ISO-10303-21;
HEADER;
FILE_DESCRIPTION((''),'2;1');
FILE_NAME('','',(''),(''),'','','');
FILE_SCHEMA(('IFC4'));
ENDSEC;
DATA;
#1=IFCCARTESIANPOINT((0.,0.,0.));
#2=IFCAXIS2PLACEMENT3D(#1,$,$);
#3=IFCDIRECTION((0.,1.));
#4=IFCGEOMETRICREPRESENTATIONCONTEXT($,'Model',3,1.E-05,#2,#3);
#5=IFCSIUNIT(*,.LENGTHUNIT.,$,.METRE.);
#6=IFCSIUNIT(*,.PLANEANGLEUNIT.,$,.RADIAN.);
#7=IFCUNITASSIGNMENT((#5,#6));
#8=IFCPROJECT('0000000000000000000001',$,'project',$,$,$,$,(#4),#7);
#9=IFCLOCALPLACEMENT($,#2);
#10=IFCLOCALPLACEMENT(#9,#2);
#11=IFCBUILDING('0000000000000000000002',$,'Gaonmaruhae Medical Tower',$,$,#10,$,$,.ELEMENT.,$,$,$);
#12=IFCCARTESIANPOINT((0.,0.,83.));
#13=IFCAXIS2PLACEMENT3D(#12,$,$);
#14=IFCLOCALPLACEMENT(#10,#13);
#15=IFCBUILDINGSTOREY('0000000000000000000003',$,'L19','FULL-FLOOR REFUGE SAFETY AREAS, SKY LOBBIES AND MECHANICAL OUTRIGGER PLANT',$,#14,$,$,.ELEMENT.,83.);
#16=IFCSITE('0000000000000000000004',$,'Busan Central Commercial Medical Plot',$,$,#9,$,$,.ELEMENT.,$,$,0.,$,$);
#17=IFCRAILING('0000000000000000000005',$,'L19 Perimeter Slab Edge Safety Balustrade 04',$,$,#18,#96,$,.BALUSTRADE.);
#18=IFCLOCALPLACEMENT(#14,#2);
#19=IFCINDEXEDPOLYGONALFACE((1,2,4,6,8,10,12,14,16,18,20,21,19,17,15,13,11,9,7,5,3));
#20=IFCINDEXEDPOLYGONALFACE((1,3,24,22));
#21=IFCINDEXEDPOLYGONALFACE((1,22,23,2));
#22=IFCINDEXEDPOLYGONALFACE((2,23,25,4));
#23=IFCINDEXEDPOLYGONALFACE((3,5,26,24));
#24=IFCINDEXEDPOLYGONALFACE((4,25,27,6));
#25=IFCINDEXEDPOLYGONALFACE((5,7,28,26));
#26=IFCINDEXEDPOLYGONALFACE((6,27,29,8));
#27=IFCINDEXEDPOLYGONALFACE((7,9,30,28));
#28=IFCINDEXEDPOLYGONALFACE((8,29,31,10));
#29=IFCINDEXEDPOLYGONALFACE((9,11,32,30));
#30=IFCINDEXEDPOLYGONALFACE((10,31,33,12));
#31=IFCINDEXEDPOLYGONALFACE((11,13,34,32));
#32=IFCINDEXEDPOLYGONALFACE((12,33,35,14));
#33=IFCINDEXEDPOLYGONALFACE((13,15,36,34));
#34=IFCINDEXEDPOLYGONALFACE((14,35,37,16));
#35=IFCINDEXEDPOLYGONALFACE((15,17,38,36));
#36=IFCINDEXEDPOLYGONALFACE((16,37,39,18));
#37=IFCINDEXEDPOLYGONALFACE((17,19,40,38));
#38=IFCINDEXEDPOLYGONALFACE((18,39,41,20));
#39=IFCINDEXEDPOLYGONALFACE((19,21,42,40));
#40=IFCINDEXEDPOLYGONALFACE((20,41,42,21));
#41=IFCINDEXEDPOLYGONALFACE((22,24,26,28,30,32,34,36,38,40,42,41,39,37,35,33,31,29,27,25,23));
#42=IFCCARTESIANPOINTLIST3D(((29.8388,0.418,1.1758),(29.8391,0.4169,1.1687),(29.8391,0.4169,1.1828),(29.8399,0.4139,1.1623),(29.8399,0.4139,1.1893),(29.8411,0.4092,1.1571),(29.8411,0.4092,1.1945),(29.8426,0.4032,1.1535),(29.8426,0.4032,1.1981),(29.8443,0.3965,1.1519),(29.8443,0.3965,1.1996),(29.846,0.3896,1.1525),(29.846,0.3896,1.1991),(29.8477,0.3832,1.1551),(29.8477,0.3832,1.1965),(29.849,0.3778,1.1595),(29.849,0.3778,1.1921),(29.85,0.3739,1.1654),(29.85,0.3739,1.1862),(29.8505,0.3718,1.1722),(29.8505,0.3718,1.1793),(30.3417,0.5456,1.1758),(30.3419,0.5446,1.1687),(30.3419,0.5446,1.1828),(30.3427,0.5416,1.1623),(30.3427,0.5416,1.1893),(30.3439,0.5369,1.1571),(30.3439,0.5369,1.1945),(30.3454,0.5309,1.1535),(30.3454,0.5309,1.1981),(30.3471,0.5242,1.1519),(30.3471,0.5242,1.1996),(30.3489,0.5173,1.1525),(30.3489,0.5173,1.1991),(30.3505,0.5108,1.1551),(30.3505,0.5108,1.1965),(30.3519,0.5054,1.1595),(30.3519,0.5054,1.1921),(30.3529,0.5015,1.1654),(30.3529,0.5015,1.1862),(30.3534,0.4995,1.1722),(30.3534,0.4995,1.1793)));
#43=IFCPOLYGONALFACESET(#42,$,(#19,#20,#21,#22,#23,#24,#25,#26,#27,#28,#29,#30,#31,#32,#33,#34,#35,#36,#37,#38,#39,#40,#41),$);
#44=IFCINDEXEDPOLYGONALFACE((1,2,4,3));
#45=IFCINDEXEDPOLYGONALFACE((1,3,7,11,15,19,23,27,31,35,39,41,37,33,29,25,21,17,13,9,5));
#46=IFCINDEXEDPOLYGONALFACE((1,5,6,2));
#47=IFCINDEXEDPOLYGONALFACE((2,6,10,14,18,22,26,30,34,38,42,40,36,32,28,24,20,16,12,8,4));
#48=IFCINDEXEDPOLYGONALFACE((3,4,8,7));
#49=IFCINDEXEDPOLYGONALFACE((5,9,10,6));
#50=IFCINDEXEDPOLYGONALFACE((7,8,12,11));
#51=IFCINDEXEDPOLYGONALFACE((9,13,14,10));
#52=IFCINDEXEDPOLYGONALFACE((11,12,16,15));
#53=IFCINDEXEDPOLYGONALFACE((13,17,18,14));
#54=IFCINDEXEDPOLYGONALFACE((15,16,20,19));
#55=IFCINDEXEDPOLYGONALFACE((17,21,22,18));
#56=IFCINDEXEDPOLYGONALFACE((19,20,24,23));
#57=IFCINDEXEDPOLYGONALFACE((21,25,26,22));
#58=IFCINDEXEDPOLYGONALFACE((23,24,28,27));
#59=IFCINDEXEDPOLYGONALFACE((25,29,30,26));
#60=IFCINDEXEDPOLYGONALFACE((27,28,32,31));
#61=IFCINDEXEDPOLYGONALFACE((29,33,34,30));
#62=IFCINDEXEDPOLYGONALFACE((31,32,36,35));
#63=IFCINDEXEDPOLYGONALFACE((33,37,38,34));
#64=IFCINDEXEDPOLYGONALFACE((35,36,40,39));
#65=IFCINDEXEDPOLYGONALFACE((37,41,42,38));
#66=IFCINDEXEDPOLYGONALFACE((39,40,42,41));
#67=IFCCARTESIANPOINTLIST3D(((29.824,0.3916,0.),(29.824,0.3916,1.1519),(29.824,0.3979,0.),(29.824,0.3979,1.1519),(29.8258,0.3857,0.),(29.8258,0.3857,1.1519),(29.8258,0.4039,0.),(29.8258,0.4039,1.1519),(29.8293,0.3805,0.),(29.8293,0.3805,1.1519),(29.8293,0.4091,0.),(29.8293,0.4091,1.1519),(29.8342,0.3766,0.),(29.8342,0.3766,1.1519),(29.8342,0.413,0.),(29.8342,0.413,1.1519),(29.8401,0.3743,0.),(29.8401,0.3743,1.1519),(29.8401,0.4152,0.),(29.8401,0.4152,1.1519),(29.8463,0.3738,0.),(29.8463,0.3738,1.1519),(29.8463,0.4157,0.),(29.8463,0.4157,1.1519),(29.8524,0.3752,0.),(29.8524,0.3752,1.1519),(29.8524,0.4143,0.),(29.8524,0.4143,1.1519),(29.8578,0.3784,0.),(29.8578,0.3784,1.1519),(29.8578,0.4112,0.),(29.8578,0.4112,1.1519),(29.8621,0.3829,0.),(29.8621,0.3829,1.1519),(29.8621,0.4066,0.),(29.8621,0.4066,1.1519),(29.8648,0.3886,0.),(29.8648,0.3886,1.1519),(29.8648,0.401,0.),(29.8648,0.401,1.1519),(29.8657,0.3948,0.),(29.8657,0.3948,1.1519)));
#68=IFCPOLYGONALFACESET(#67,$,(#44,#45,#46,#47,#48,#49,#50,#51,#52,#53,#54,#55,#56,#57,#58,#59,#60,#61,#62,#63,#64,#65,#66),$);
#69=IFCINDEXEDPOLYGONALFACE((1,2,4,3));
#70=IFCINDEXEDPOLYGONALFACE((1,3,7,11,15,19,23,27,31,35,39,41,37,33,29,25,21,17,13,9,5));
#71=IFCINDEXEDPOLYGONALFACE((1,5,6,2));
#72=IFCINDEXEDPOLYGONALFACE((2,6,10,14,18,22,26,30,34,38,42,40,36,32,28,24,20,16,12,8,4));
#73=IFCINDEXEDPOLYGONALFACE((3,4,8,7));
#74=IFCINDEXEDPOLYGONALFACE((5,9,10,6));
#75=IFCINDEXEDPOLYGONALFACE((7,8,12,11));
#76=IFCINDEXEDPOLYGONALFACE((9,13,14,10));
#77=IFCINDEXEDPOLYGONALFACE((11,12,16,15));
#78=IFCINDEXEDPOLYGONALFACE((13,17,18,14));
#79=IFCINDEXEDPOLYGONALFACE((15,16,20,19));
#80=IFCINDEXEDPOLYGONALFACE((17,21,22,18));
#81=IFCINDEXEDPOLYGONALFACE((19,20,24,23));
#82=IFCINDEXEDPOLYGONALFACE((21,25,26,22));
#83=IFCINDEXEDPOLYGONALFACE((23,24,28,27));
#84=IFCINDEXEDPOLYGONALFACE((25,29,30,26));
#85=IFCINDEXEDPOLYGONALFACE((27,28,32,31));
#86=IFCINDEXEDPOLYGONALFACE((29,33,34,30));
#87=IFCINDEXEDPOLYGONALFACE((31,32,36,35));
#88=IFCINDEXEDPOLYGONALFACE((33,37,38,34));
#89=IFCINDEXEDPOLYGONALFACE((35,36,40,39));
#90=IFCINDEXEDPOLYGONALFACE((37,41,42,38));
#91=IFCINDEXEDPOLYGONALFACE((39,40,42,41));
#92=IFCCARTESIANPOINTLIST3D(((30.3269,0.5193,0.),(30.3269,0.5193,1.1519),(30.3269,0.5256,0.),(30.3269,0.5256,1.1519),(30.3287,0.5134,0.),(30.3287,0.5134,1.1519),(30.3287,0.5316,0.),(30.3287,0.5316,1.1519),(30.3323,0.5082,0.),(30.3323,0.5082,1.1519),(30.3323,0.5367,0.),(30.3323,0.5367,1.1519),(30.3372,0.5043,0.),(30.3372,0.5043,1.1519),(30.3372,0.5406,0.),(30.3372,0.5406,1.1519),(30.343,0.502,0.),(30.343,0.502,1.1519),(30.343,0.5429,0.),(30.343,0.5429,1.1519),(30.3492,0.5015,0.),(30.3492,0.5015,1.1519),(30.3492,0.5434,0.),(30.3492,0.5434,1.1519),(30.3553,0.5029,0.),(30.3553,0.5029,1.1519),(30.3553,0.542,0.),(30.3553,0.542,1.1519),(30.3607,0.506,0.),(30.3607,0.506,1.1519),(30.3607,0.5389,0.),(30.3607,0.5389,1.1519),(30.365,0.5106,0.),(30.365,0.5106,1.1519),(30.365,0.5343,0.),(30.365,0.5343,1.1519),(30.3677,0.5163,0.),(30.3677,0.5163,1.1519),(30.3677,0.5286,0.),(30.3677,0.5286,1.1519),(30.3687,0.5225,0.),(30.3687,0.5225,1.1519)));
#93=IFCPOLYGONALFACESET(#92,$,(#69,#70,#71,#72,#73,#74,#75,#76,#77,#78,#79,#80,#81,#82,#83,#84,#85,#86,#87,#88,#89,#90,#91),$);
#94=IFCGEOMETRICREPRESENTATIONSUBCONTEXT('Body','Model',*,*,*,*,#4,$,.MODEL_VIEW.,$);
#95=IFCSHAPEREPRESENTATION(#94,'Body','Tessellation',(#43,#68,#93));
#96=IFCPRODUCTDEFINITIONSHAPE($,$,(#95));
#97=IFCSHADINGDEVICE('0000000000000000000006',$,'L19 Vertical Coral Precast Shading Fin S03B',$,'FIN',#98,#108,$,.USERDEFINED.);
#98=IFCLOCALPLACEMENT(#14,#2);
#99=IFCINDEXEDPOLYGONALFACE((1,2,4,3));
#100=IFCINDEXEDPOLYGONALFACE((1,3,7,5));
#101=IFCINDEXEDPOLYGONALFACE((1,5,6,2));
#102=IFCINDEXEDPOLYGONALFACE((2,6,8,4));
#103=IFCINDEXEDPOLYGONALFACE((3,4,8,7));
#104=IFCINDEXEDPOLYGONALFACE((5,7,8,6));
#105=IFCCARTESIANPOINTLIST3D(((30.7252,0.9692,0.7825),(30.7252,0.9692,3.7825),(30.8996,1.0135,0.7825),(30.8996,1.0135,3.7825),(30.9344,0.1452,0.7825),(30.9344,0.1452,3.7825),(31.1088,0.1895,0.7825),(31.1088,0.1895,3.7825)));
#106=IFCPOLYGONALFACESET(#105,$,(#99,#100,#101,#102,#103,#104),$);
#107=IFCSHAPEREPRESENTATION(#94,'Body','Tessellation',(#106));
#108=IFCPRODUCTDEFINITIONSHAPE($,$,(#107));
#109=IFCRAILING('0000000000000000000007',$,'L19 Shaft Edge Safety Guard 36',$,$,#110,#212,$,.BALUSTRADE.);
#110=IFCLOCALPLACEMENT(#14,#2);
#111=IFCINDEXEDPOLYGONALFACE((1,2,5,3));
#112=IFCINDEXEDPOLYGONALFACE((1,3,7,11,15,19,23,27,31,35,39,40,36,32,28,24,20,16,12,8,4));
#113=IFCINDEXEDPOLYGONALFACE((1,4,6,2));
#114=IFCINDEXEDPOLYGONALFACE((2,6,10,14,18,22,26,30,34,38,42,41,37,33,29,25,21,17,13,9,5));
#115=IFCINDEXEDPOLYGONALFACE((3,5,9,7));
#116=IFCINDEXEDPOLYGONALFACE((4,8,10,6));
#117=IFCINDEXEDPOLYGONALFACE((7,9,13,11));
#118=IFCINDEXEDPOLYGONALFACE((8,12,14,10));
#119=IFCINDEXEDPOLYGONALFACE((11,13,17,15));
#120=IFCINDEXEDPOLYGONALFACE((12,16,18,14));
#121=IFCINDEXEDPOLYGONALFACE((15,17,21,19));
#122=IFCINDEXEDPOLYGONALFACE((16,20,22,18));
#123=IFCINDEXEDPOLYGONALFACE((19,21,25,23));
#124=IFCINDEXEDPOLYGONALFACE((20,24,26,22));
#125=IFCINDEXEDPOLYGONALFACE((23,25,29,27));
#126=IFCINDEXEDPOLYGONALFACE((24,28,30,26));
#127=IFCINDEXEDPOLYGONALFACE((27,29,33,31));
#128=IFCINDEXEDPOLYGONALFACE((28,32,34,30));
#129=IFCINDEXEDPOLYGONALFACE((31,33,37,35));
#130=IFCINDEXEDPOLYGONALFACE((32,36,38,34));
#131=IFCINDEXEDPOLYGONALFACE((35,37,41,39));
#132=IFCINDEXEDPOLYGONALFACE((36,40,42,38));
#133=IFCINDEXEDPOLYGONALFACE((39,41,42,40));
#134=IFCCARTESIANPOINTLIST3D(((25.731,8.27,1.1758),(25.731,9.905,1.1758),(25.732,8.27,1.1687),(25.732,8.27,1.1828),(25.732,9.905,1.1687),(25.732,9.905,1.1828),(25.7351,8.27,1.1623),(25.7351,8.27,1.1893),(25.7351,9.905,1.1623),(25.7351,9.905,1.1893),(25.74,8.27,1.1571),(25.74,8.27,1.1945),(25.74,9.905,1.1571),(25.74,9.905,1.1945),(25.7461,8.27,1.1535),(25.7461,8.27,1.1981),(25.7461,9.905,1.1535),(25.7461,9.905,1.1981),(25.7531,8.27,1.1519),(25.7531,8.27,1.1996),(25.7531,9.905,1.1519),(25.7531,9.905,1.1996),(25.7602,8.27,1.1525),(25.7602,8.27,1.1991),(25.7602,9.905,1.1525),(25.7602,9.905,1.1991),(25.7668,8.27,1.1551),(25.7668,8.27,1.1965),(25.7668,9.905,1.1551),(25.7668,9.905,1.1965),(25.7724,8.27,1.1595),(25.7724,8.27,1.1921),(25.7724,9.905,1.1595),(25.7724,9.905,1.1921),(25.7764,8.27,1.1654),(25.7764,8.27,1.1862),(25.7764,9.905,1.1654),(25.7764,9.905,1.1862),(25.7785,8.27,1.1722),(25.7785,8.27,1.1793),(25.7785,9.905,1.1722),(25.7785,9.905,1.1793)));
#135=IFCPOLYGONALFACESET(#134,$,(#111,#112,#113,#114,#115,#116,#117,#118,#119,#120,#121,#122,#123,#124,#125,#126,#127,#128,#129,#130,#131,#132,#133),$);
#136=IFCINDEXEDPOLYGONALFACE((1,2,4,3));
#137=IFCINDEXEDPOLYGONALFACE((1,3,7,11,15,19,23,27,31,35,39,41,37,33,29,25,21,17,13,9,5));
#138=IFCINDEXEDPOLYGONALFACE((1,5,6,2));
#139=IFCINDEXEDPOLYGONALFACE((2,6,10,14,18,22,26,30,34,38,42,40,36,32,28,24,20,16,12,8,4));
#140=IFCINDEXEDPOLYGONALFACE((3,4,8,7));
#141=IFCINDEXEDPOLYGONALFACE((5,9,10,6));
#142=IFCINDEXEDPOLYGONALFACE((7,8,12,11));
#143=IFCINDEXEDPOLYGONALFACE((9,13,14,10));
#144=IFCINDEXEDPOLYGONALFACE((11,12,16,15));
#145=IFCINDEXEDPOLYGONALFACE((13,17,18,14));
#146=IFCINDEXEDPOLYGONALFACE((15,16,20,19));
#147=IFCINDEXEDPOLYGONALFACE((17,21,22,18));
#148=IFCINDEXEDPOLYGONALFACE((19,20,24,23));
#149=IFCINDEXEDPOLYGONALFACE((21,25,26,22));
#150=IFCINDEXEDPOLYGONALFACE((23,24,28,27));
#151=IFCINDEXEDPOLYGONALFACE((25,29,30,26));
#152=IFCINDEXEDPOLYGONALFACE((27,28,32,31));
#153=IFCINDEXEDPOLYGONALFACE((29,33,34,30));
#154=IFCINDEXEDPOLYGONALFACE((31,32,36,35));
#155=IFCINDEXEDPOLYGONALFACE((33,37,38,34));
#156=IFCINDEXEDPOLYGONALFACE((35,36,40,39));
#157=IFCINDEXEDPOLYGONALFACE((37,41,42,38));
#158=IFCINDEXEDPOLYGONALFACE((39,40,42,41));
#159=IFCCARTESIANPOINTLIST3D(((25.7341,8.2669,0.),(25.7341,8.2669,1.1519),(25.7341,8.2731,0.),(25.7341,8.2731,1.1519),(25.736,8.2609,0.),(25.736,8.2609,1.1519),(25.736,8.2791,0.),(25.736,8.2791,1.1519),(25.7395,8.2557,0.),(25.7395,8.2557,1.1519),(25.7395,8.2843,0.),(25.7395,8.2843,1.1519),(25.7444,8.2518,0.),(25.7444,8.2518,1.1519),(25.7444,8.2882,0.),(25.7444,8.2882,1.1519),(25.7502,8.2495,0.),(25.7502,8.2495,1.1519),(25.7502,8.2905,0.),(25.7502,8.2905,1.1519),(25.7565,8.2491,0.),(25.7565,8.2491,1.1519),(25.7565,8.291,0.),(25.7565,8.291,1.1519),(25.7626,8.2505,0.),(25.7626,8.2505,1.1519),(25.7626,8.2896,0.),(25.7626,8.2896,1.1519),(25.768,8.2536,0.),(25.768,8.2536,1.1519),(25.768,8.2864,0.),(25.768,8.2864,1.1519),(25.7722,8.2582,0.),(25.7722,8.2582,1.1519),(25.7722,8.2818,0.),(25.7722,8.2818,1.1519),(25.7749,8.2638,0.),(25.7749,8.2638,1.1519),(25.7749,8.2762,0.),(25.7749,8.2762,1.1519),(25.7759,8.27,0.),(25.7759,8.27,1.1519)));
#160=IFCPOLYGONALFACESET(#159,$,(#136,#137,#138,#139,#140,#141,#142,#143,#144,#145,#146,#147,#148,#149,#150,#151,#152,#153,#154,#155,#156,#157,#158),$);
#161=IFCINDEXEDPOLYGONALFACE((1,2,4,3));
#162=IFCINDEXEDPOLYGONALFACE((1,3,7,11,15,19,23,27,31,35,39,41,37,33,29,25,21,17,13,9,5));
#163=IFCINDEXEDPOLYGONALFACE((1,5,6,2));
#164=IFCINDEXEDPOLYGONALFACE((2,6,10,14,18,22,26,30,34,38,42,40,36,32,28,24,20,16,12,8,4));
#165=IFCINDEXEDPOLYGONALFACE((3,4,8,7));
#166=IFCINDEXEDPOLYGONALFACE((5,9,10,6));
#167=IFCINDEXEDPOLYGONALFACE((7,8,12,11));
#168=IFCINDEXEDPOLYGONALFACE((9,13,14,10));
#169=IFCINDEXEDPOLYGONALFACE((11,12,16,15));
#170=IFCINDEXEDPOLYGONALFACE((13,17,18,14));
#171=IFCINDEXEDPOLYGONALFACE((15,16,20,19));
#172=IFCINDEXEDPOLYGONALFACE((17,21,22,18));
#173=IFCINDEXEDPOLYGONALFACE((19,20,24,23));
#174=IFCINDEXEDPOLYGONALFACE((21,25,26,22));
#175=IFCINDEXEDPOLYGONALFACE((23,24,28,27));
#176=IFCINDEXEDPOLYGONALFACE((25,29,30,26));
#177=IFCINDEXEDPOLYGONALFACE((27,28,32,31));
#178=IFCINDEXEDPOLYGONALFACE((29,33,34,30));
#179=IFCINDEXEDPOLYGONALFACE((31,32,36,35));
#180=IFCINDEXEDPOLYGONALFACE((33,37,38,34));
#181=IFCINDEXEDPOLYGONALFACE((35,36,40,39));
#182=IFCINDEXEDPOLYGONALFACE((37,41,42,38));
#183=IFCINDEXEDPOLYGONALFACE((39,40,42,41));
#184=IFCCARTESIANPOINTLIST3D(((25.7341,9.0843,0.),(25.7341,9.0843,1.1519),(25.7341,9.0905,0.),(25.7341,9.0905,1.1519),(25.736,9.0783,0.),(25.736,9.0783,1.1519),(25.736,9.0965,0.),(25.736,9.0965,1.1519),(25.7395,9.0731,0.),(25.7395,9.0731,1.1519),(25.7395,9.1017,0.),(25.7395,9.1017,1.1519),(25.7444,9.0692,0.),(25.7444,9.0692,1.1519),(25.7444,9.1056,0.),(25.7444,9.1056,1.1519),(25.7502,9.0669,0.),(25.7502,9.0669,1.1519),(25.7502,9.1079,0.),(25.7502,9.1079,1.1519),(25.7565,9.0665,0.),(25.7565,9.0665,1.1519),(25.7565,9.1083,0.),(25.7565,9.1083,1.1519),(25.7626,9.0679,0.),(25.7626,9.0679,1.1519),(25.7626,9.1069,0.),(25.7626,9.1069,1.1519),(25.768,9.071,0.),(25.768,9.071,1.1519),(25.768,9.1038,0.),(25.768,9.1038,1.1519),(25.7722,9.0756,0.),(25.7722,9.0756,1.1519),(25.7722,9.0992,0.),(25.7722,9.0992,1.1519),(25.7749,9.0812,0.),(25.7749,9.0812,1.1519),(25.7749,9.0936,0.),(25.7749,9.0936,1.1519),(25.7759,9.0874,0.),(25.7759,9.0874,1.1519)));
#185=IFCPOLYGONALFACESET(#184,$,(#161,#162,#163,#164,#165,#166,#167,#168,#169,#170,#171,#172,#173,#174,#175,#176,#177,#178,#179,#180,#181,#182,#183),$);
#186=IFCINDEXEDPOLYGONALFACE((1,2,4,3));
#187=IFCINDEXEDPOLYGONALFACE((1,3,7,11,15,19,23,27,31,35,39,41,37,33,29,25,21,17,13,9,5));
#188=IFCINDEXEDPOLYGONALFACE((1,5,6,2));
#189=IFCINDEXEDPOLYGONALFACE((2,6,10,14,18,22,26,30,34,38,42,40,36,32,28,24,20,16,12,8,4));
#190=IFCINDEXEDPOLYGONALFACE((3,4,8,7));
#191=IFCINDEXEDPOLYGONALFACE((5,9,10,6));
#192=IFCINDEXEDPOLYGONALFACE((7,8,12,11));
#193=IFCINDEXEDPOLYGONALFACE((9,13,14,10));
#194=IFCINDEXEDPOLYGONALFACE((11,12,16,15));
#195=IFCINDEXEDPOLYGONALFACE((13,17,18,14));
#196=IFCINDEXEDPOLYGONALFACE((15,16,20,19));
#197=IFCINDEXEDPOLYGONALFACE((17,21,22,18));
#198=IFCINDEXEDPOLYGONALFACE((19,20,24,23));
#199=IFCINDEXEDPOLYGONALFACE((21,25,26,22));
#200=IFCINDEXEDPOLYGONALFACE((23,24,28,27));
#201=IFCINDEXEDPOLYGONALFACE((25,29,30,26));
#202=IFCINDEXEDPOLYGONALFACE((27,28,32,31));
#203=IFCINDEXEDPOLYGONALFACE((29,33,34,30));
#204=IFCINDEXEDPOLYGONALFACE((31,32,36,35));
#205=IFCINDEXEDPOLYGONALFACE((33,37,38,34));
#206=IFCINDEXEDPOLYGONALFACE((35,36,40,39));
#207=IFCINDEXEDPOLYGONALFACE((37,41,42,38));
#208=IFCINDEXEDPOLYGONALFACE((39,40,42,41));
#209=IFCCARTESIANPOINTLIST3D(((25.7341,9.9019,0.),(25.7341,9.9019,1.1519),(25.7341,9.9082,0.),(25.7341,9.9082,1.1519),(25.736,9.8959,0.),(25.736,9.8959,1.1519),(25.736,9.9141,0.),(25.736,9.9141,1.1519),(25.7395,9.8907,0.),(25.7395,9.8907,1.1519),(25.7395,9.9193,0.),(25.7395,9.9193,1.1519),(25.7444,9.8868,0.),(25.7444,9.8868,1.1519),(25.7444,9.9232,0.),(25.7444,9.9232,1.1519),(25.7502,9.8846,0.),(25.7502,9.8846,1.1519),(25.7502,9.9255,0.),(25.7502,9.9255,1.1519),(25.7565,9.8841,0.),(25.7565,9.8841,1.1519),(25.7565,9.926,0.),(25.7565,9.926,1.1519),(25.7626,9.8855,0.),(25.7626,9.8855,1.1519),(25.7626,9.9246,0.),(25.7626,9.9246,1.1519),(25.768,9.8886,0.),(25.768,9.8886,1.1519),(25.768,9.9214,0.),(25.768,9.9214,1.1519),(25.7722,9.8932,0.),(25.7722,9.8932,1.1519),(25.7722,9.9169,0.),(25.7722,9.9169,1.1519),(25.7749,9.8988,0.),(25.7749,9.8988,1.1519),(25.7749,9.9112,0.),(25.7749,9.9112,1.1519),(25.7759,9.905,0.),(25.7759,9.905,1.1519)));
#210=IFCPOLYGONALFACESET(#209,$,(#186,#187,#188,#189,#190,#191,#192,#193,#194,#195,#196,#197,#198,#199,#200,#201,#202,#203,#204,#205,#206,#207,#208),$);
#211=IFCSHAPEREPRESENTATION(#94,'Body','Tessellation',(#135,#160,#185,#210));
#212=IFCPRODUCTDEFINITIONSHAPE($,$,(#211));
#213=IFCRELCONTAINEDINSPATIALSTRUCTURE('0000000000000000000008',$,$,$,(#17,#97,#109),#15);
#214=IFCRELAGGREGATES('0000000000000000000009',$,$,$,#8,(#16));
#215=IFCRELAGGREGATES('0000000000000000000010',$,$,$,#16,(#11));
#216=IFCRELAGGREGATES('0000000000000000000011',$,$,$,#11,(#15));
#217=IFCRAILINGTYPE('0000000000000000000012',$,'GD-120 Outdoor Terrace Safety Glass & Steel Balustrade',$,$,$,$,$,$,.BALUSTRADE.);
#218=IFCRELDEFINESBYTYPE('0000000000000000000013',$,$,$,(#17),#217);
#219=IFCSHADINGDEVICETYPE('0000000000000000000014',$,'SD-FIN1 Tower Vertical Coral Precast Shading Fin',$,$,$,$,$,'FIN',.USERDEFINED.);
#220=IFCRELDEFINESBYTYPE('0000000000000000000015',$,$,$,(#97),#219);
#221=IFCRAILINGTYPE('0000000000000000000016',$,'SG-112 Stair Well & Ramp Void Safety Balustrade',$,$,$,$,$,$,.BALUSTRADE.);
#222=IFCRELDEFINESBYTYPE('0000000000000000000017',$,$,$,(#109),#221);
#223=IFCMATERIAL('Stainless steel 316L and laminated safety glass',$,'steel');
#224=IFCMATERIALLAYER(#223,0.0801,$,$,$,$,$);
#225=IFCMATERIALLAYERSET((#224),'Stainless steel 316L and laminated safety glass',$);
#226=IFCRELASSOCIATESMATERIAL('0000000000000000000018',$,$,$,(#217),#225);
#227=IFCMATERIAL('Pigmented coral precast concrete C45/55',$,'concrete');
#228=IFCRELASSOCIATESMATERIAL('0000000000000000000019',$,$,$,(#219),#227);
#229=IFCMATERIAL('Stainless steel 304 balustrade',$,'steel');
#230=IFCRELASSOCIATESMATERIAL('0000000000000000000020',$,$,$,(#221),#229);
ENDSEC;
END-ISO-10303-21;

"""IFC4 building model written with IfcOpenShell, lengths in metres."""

from ifc_helpers import new_model, si_unit, direction, frame, origin, origin_2d, place, context, subcontext, project, spatial, rectangle, circle, extrude, material, layer, layer_set, type_object, element, save


model = new_model("IFC4")

# Units and contexts
model_context = context("Model", 3, precision=1e-05, world=origin(), true_north=direction((0.0, 1.0)))
body_context = subcontext(model_context, "Body", "Model", "MODEL_VIEW")
ifc_project = project(units=[si_unit("LENGTHUNIT", "METRE"), si_unit("PLANEANGLEUNIT", "RADIAN")], contexts=[model_context])

# Site, building, storey
site_placement = place(None, origin())
site = spatial("IfcSite", under=ifc_project, at=site_placement, Name="Busan Central Commercial Medical Plot", CompositionType="ELEMENT", RefElevation=0.0)
building_placement = place(site_placement, origin())
building = spatial("IfcBuilding", under=site, at=building_placement, Name="Gaonmaruhae Medical Tower", CompositionType="ELEMENT")
storey_placement = place(building_placement, frame((0.0, 0.0, 83.0)))
storey = spatial("IfcBuildingStorey", under=building, at=storey_placement, Name="L19", Description="FULL-FLOOR REFUGE SAFETY AREAS, SKY LOBBIES AND MECHANICAL OUTRIGGER PLANT", CompositionType="ELEMENT", Elevation=83.0)

# Railing
ifc_material_1 = material(Name="Stainless steel 316L and laminated safety glass", Category="steel")
ifc_layer_1 = layer(ifc_material_1, 0.0801)
ifc_layer_set_1 = layer_set([ifc_layer_1], Name="Stainless steel 316L and laminated safety glass")
railing_type_1 = type_object("IfcRailingType", Name="GD-120 Outdoor Terrace Safety Glass & Steel Balustrade", PredefinedType="BALUSTRADE", material=ifc_layer_set_1)
railing_1_placement = place(storey_placement, frame((29.8447, 0.3948, 0.0)))
element("IfcRailing", 1, at=railing_1_placement, inside=storey, type_object=railing_type_1, Name="L19 Perimeter Slab Edge Safety Balustrade 04", PredefinedType="BALUSTRADE", context=body_context, shape_type="SweptSolid", body=[
    extrude(circle(Radius=0.0239, at=origin_2d()), frame((0.0, 0.0, 1.1758), z_axis=(0.96925, 0.246077, 0.0), x_axis=(-0.246077, 0.96925, 0.0)), (0.0, 0.0, 1.0), 0.5188),
    extrude(circle(Radius=0.021, at=origin_2d()), origin(), (0.0, 0.0, 1.0), 1.1519),
    extrude(circle(Radius=0.021, at=origin_2d()), frame((0.5029, 0.1277, 0.0)), (0.0, 0.0, 1.0), 1.1519),
])

# Shading device
ifc_material_2 = material(Name="Pigmented coral precast concrete C45/55", Category="concrete")
shading_device_type = type_object("IfcShadingDeviceType", Name="SD-FIN1 Tower Vertical Coral Precast Shading Fin", ElementType="FIN", PredefinedType="USERDEFINED", material=ifc_material_2)
shading_device_placement = place(storey_placement, frame((30.917, 0.5793, 0.7825), z_axis=(0.0, 0.0, 1.0), x_axis=(-0.969231, -0.246153, 0.0)))
element("IfcShadingDevice", 2, at=shading_device_placement, inside=storey, type_object=shading_device_type, Name="L19 Vertical Coral Precast Shading Fin S03B", ObjectType="FIN", PredefinedType="USERDEFINED", context=body_context, shape_type="SweptSolid", body=[
    extrude(rectangle(XDim=0.1799, YDim=0.8501, at=origin_2d()), origin(), (0.0, 0.0, 1.0), 3.0),
])

# Railing
ifc_material_3 = material(Name="Stainless steel 304 balustrade", Category="steel")
railing_type_2 = type_object("IfcRailingType", Name="SG-112 Stair Well & Ramp Void Safety Balustrade", PredefinedType="BALUSTRADE", material=ifc_material_3)
railing_2_placement = place(storey_placement, frame((25.7549, 8.27, 0.0)))
element("IfcRailing", 3, at=railing_2_placement, inside=storey, type_object=railing_type_2, Name="L19 Shaft Edge Safety Guard 36", PredefinedType="BALUSTRADE", context=body_context, shape_type="SweptSolid", body=[
    extrude(circle(Radius=0.0239, at=origin_2d()), frame((0.0, 0.0, 1.1758), z_axis=(0.0, 1.0, 0.0), x_axis=(-1.0, 0.0, 0.0)), (0.0, 0.0, 1.0), 1.635),
    extrude(circle(Radius=0.021, at=origin_2d()), origin(), (0.0, 0.0, 1.0), 1.1519),
    extrude(circle(Radius=0.021, at=origin_2d()), frame((0.0, 0.8174, 0.0)), (0.0, 0.0, 1.0), 1.1519),
    extrude(circle(Radius=0.021, at=origin_2d()), frame((0.0, 1.635, 0.0)), (0.0, 0.0, 1.0), 1.1519),
])

save(model, "model.ifc")
